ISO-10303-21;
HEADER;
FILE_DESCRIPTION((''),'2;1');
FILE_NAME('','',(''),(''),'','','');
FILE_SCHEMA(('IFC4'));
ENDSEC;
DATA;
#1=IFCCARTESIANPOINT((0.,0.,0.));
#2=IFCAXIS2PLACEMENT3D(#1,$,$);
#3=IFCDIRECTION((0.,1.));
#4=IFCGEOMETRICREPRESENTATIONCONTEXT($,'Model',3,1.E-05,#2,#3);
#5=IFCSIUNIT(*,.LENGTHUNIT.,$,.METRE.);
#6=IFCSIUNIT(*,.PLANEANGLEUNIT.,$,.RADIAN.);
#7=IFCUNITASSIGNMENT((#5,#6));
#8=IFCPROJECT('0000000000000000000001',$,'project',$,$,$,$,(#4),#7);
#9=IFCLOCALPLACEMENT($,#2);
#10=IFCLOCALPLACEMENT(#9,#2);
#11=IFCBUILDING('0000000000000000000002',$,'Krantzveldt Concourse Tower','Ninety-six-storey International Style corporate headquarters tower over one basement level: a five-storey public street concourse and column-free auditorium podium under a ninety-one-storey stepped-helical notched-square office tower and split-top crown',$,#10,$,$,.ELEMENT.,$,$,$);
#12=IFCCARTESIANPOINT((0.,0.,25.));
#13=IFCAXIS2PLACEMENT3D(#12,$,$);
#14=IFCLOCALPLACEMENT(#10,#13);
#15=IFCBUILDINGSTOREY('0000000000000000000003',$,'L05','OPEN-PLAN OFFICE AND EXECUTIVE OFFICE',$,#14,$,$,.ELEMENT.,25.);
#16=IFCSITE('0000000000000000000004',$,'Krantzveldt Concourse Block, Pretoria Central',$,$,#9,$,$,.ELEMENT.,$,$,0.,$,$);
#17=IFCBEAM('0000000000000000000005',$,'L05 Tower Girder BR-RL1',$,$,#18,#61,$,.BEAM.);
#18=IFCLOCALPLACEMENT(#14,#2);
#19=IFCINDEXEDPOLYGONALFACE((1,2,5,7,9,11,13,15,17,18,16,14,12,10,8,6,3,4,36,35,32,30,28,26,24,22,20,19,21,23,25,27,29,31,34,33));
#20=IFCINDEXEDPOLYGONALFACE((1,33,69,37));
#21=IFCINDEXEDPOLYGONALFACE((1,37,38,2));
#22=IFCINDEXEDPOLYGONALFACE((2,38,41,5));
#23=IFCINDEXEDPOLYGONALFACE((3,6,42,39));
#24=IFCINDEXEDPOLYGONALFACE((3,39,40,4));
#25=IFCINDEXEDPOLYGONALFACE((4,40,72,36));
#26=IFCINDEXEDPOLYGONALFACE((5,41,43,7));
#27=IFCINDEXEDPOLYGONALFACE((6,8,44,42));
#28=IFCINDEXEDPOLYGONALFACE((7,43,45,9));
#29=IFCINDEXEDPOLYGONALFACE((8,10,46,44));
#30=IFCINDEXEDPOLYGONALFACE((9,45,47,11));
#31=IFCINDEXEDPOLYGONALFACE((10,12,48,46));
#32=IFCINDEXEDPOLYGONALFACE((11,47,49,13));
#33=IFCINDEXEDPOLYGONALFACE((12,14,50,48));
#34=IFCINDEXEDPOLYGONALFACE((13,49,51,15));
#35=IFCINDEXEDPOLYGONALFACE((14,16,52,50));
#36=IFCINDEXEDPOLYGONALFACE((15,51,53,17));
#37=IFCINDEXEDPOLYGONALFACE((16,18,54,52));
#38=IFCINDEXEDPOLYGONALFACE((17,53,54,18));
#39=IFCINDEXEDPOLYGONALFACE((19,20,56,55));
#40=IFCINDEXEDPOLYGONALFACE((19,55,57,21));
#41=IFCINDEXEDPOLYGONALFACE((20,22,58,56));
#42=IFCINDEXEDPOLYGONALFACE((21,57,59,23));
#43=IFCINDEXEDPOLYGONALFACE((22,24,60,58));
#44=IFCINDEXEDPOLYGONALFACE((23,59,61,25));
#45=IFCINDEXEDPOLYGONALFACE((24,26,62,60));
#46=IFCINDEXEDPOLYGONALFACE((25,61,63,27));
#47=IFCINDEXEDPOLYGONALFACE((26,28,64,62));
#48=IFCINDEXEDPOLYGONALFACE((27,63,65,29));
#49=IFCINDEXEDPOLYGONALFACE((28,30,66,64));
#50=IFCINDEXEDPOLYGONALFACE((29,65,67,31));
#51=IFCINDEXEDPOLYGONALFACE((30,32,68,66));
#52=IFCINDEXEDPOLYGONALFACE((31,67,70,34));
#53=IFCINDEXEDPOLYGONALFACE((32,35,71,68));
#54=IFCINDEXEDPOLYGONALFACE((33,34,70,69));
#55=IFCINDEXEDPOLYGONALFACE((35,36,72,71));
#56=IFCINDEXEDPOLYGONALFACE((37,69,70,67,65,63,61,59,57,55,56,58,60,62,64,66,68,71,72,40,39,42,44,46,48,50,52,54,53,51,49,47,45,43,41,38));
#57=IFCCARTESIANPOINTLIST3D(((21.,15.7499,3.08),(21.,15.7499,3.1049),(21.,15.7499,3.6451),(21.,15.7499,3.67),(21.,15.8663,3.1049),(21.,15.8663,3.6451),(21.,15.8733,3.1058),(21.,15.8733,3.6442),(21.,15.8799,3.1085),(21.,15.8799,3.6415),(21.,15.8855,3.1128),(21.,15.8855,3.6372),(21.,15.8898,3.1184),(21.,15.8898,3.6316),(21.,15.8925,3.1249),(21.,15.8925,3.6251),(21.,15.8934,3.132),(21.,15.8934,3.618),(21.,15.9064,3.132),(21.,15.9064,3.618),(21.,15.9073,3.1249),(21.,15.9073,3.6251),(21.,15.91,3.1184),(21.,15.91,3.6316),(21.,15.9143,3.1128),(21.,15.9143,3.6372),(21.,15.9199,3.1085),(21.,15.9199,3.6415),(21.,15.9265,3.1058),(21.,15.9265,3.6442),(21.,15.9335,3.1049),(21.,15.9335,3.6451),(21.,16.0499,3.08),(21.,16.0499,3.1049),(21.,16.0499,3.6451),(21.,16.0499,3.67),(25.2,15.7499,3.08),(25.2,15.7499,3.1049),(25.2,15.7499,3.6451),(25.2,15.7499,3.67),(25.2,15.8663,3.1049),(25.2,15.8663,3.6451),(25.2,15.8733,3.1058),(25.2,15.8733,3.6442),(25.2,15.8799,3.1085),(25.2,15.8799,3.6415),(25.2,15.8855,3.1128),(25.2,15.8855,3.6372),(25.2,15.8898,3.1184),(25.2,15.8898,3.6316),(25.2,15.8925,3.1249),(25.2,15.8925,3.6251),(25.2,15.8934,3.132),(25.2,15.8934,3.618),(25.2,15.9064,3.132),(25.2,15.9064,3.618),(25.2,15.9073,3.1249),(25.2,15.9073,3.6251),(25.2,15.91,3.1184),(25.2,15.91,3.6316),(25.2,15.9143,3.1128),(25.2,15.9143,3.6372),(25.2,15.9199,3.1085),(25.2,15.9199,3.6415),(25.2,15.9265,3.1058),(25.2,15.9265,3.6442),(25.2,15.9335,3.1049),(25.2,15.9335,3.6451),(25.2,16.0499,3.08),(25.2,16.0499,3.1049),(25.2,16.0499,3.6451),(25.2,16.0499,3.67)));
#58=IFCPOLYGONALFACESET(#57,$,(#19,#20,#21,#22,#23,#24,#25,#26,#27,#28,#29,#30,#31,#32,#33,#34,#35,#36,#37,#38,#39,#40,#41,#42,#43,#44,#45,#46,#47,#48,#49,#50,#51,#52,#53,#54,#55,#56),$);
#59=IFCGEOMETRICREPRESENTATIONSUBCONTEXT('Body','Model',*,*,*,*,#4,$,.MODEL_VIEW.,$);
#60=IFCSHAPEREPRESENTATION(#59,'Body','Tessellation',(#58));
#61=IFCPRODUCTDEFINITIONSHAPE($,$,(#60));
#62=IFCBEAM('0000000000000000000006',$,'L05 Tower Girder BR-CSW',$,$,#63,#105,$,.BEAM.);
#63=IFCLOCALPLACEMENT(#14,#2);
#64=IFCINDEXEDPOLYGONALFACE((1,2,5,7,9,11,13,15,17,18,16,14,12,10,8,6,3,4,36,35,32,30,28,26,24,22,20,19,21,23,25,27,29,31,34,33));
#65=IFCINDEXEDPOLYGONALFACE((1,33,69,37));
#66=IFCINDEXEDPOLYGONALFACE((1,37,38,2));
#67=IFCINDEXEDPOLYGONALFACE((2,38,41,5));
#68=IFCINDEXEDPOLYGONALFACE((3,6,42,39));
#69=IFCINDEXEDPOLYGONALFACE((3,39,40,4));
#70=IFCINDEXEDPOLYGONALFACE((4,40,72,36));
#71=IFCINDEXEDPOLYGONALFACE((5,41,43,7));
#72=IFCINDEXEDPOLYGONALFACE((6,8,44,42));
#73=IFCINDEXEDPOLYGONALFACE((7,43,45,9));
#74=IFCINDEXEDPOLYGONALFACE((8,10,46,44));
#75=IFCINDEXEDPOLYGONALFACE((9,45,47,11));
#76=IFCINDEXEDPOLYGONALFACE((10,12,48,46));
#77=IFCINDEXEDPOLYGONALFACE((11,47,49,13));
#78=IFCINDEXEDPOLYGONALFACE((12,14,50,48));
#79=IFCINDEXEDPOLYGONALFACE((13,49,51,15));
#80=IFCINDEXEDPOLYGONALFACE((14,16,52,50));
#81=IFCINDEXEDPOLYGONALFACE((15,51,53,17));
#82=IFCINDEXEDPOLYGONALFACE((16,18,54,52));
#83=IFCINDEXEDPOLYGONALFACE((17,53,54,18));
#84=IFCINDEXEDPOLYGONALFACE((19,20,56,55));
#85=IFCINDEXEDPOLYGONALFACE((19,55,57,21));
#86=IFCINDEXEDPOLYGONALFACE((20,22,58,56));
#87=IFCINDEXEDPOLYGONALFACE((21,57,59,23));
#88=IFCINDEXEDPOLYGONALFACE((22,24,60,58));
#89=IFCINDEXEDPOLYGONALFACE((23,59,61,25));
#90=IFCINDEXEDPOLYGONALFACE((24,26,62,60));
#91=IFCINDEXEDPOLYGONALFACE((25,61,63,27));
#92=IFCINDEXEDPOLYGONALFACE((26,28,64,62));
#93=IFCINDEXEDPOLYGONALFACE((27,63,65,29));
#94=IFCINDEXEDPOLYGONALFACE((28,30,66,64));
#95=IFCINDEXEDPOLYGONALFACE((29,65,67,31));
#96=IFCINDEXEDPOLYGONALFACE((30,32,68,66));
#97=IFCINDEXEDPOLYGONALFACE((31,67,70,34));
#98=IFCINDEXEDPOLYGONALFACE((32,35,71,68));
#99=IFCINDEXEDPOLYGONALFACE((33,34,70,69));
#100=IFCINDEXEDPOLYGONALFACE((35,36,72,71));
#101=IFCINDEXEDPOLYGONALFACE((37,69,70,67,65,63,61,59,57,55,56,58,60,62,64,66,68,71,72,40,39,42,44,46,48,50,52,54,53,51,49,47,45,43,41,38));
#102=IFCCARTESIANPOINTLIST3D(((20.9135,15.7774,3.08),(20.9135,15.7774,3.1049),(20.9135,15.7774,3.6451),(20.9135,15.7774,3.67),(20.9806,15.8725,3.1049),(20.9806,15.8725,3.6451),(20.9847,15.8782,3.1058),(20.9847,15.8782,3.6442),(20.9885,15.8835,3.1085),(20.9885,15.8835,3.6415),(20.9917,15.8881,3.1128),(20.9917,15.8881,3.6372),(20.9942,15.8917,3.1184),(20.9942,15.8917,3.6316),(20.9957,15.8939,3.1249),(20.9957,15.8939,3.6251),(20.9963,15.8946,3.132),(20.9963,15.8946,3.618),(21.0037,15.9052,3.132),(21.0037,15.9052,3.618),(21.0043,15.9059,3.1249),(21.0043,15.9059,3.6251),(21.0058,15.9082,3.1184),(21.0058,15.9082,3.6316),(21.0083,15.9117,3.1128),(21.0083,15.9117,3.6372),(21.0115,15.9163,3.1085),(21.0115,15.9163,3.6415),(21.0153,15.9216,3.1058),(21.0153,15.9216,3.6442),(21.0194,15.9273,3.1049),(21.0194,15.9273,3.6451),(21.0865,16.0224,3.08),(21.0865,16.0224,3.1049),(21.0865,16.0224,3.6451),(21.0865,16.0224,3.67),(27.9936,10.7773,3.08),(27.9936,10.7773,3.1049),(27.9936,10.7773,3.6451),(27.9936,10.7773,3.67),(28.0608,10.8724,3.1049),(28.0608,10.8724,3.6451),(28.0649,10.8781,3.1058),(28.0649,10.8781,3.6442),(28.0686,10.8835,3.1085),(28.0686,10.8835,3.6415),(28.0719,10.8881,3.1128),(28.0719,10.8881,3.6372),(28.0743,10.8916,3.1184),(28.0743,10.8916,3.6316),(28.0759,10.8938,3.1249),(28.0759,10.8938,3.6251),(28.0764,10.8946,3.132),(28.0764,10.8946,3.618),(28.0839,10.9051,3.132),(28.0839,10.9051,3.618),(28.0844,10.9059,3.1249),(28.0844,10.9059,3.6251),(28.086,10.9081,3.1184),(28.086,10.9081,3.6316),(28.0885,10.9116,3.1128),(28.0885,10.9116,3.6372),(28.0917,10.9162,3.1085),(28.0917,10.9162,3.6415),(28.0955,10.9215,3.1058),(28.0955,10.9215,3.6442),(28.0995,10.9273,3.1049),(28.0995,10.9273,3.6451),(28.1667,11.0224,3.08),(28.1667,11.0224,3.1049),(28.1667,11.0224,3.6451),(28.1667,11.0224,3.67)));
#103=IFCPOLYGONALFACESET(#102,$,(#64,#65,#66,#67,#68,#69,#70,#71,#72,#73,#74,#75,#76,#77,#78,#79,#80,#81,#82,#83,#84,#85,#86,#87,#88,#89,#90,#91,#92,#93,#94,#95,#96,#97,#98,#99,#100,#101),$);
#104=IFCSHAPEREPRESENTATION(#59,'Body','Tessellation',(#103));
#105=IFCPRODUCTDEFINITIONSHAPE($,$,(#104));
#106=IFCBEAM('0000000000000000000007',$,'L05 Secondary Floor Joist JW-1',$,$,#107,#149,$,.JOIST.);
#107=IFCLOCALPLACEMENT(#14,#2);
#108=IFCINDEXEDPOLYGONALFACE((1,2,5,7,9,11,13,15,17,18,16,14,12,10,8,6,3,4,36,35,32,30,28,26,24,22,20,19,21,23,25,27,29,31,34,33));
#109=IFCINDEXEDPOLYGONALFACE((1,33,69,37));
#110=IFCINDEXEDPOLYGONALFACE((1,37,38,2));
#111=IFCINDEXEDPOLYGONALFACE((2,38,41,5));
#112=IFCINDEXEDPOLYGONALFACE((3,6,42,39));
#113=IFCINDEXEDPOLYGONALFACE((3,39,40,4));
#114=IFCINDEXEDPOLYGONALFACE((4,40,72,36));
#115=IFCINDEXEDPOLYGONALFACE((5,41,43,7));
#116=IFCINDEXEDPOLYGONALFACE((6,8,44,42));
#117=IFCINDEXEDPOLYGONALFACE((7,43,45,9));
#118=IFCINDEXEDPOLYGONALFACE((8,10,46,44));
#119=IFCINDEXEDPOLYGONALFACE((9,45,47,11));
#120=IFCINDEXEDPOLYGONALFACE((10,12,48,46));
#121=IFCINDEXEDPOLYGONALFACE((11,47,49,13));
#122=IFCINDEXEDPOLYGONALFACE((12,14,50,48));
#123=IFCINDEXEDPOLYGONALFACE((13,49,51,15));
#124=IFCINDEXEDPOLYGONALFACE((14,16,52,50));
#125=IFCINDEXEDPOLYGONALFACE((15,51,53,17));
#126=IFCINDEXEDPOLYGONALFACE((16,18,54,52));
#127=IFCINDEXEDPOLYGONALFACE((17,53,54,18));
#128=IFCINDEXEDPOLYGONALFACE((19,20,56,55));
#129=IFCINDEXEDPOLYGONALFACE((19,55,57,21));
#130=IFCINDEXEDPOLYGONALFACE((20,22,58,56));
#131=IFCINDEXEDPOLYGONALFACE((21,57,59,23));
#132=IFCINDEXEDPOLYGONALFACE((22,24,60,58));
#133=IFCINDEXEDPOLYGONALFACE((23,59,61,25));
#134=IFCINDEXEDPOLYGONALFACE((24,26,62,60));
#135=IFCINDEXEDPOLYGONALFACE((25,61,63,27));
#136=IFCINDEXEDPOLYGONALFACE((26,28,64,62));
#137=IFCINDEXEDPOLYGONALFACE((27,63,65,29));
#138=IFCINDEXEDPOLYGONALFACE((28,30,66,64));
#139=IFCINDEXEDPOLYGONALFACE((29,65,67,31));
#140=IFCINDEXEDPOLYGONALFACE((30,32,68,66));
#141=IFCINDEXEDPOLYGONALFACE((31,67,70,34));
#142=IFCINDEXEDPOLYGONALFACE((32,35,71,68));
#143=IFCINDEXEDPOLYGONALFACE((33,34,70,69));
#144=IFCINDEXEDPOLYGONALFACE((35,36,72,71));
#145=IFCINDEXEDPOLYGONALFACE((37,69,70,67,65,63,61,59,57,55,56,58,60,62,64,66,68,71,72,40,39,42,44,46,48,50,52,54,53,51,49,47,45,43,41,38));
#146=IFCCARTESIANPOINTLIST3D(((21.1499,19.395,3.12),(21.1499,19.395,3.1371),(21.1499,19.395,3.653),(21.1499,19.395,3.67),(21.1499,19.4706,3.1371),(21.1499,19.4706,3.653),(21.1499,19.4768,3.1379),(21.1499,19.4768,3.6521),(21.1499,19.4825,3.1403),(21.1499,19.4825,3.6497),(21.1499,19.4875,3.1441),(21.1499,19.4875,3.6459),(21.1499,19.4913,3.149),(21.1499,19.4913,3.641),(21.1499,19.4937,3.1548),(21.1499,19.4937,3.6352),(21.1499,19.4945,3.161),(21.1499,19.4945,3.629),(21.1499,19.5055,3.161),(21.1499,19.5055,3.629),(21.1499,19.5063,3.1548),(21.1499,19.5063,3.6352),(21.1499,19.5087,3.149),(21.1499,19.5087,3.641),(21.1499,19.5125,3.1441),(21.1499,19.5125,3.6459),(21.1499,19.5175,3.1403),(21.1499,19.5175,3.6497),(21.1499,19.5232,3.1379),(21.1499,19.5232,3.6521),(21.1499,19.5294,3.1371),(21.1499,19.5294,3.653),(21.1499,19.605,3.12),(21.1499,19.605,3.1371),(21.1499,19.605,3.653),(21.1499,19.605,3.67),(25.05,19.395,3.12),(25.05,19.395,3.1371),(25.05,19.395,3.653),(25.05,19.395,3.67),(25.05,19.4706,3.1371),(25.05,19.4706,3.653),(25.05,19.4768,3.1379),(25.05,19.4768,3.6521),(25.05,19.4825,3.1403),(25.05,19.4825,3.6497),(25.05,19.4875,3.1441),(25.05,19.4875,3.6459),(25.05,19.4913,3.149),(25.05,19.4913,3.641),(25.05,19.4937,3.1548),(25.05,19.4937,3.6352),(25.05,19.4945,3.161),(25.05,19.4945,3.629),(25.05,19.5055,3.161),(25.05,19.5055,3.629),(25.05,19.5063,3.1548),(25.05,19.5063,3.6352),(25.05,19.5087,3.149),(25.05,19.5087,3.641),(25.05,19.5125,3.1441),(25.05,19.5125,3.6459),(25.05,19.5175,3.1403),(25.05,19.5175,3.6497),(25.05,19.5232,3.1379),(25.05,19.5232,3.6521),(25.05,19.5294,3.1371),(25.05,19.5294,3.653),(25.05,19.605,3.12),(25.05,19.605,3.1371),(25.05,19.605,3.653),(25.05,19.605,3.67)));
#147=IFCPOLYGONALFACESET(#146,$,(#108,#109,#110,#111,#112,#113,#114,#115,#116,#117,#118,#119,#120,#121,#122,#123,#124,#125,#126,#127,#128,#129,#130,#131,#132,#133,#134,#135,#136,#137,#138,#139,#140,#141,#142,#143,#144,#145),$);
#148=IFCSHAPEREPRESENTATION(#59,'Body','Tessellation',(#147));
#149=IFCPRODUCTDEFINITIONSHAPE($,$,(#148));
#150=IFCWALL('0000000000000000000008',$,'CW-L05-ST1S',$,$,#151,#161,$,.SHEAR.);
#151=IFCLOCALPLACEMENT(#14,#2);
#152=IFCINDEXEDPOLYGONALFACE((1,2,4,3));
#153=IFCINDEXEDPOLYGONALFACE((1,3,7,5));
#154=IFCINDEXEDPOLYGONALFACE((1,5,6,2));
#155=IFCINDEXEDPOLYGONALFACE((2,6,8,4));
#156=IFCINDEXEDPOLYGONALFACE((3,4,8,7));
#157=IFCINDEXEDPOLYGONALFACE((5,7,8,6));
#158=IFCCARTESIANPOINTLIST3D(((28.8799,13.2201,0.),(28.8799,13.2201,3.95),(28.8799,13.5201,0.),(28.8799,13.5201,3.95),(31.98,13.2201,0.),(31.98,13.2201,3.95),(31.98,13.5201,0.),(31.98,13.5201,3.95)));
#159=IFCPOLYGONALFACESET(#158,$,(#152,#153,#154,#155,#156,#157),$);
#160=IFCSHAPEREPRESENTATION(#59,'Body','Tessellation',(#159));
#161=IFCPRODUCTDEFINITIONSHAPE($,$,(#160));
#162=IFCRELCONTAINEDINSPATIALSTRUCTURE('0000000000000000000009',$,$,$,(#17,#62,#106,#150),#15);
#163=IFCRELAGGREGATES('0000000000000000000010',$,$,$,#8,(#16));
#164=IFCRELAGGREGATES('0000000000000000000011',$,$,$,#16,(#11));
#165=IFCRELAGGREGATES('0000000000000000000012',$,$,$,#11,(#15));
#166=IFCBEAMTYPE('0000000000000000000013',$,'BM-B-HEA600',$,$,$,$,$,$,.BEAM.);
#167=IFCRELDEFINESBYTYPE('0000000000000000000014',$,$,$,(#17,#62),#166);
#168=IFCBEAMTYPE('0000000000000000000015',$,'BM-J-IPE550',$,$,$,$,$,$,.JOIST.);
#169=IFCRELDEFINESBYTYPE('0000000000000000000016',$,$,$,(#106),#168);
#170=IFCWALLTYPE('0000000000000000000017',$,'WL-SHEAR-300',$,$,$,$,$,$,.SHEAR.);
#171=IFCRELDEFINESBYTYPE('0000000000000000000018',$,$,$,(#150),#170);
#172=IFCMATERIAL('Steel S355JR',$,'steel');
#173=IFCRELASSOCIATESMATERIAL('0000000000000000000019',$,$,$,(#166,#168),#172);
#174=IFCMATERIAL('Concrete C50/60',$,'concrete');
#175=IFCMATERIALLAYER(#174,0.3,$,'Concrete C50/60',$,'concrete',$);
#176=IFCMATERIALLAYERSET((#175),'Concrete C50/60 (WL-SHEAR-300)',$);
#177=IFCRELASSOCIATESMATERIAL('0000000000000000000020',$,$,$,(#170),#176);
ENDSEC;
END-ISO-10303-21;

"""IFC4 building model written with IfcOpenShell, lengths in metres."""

from ifc_helpers import new_model, si_unit, direction, frame, frame_2d, origin, origin_2d, place, context, subcontext, project, spatial, rectangle, i_section, extrude, source, transform, mapped, material, layer, layer_set, material_profile, profile_set, type_object, type_shapes, element, save


model = new_model("IFC4")

# Units and contexts
model_context = context("Model", 3, precision=1e-05, world=origin(), true_north=direction((0.0, 1.0)))
body_context = subcontext(model_context, "Body", "Model", "MODEL_VIEW")
ifc_project = project(units=[si_unit("LENGTHUNIT", "METRE"), si_unit("PLANEANGLEUNIT", "RADIAN")], contexts=[model_context])

# Site, building, storey
site_placement = place(None, origin())
site = spatial("IfcSite", under=ifc_project, at=site_placement, Name="Krantzveldt Concourse Block, Pretoria Central", CompositionType="ELEMENT", RefElevation=0.0)
building_placement = place(site_placement, origin())
building = spatial("IfcBuilding", under=site, at=building_placement, Name="Krantzveldt Concourse Tower", Description="Ninety-six-storey International Style corporate headquarters tower over one basement level: a five-storey public street concourse and column-free auditorium podium under a ninety-one-storey stepped-helical notched-square office tower and split-top crown", CompositionType="ELEMENT")
storey_placement = place(building_placement, frame((0.0, 0.0, 25.0)))
storey = spatial("IfcBuildingStorey", under=building, at=storey_placement, Name="L05", Description="OPEN-PLAN OFFICE AND EXECUTIVE OFFICE", CompositionType="ELEMENT", Elevation=25.0)

# Beams
ifc_material_1 = material(Name="Steel S355JR", Category="steel")
ifc_material_profile_1 = material_profile(ifc_material_1, i_section(OverallWidth=0.3, OverallDepth=0.5901, WebThickness=0.0129, FlangeThickness=0.0249, FilletRadius=0.0271, at=origin_2d()), Name="Steel S355JR", Category="steel")
ifc_profile_set_1 = profile_set([ifc_material_profile_1], Name="Steel S355JR - HEA 600")
beam_type_1 = type_object("IfcBeamType", Name="BM-B-HEA600", PredefinedType="BEAM", material=ifc_profile_set_1)
shared_shape_1 = source(origin(), body_context, "Body", "SweptSolid", [
    extrude(i_section(OverallWidth=0.3, OverallDepth=0.5901, WebThickness=0.0129, FlangeThickness=0.0249, FilletRadius=0.0271, at=origin_2d()), origin(), (0.0, 0.0, 1.0), 4.2),
])
beam_1_placement = place(storey_placement, frame((21.0, 15.8999, 3.375), z_axis=(1.0, 0.0, 0.0), x_axis=(0.0, 1.0, 0.0)))
element("IfcBeam", 1, at=beam_1_placement, inside=storey, type_object=beam_type_1, Name="L05 Tower Girder BR-RL1", PredefinedType="BEAM", context=body_context, shape_type="MappedRepresentation", body=[
    mapped(shared_shape_1, transform((0.0, 0.0, 0.0), x_axis=(1.0, 0.0, 0.0), y_axis=(0.0, 1.0, 0.0), z_axis=(0.0, 0.0, 1.0), scale=1.0)),
])
shared_shape_2 = source(origin(), body_context, "Body", "SweptSolid", [
    extrude(i_section(OverallWidth=0.3, OverallDepth=0.5901, WebThickness=0.0129, FlangeThickness=0.0249, FilletRadius=0.0271, at=origin_2d()), origin(), (0.0, 0.0, 1.0), 8.6677),
])
type_shapes(beam_type_1, [shared_shape_1, shared_shape_2])
beam_2_placement = place(storey_placement, frame((21.0, 15.8999, 3.375), z_axis=(0.816843, -0.57686, 0.0), x_axis=(0.57686, 0.816843, 0.0)))
element("IfcBeam", 2, at=beam_2_placement, inside=storey, type_object=beam_type_1, Name="L05 Tower Girder BR-CSW", PredefinedType="BEAM", context=body_context, shape_type="MappedRepresentation", body=[
    mapped(shared_shape_2, transform((0.0, 0.0, 0.0), x_axis=(1.0, 0.0, 0.0), y_axis=(0.0, 1.0, 0.0), z_axis=(0.0, 0.0, 1.0), scale=1.0)),
])
ifc_material_profile_2 = material_profile(ifc_material_1, i_section(OverallWidth=0.21, OverallDepth=0.55, WebThickness=0.011, FlangeThickness=0.0171, FilletRadius=0.0239, at=origin_2d()), Name="Steel S355JR", Category="steel")
ifc_profile_set_2 = profile_set([ifc_material_profile_2], Name="Steel S355JR - IPE 550")
beam_type_2 = type_object("IfcBeamType", Name="BM-J-IPE550", PredefinedType="JOIST", material=ifc_profile_set_2)
shared_shape_3 = source(origin(), body_context, "Body", "SweptSolid", [
    extrude(i_section(OverallWidth=0.21, OverallDepth=0.55, WebThickness=0.011, FlangeThickness=0.0171, FilletRadius=0.0239, at=origin_2d()), origin(), (0.0, 0.0, 1.0), 3.9001),
])
type_shapes(beam_type_2, [shared_shape_3])
beam_3_placement = place(storey_placement, frame((21.1499, 19.5, 3.395), z_axis=(1.0, 0.0, 0.0), x_axis=(0.0, 1.0, 0.0)))
element("IfcBeam", 3, at=beam_3_placement, inside=storey, type_object=beam_type_2, Name="L05 Secondary Floor Joist JW-1", PredefinedType="JOIST", context=body_context, shape_type="MappedRepresentation", body=[
    mapped(shared_shape_3, transform((0.0, 0.0, 0.0), x_axis=(1.0, 0.0, 0.0), y_axis=(0.0, 1.0, 0.0), z_axis=(0.0, 0.0, 1.0), scale=1.0)),
])

# Wall
ifc_material_2 = material(Name="Concrete C50/60", Category="concrete")
ifc_layer_1 = layer(ifc_material_2, 0.3, Name="Concrete C50/60", Category="concrete")
ifc_layer_set_1 = layer_set([ifc_layer_1], Name="Concrete C50/60 (WL-SHEAR-300)")
wall_type_1 = type_object("IfcWallType", Name="WL-SHEAR-300", PredefinedType="SHEAR", material=ifc_layer_set_1)
wall_1_placement = place(storey_placement, frame((28.8799, 13.3701, 0.0), z_axis=(0.0, 0.0, 1.0), x_axis=(1.0, 0.0, 0.0)))
element("IfcWall", 4, at=wall_1_placement, inside=storey, type_object=wall_type_1, Name="CW-L05-ST1S", PredefinedType="SHEAR", context=body_context, shape_type="SweptSolid", body=[
    extrude(rectangle(XDim=3.1001, YDim=0.3, at=frame_2d((1.55, 0.0))), origin(), (0.0, 0.0, 1.0), 3.95),
])

save(model, "model.ifc")
